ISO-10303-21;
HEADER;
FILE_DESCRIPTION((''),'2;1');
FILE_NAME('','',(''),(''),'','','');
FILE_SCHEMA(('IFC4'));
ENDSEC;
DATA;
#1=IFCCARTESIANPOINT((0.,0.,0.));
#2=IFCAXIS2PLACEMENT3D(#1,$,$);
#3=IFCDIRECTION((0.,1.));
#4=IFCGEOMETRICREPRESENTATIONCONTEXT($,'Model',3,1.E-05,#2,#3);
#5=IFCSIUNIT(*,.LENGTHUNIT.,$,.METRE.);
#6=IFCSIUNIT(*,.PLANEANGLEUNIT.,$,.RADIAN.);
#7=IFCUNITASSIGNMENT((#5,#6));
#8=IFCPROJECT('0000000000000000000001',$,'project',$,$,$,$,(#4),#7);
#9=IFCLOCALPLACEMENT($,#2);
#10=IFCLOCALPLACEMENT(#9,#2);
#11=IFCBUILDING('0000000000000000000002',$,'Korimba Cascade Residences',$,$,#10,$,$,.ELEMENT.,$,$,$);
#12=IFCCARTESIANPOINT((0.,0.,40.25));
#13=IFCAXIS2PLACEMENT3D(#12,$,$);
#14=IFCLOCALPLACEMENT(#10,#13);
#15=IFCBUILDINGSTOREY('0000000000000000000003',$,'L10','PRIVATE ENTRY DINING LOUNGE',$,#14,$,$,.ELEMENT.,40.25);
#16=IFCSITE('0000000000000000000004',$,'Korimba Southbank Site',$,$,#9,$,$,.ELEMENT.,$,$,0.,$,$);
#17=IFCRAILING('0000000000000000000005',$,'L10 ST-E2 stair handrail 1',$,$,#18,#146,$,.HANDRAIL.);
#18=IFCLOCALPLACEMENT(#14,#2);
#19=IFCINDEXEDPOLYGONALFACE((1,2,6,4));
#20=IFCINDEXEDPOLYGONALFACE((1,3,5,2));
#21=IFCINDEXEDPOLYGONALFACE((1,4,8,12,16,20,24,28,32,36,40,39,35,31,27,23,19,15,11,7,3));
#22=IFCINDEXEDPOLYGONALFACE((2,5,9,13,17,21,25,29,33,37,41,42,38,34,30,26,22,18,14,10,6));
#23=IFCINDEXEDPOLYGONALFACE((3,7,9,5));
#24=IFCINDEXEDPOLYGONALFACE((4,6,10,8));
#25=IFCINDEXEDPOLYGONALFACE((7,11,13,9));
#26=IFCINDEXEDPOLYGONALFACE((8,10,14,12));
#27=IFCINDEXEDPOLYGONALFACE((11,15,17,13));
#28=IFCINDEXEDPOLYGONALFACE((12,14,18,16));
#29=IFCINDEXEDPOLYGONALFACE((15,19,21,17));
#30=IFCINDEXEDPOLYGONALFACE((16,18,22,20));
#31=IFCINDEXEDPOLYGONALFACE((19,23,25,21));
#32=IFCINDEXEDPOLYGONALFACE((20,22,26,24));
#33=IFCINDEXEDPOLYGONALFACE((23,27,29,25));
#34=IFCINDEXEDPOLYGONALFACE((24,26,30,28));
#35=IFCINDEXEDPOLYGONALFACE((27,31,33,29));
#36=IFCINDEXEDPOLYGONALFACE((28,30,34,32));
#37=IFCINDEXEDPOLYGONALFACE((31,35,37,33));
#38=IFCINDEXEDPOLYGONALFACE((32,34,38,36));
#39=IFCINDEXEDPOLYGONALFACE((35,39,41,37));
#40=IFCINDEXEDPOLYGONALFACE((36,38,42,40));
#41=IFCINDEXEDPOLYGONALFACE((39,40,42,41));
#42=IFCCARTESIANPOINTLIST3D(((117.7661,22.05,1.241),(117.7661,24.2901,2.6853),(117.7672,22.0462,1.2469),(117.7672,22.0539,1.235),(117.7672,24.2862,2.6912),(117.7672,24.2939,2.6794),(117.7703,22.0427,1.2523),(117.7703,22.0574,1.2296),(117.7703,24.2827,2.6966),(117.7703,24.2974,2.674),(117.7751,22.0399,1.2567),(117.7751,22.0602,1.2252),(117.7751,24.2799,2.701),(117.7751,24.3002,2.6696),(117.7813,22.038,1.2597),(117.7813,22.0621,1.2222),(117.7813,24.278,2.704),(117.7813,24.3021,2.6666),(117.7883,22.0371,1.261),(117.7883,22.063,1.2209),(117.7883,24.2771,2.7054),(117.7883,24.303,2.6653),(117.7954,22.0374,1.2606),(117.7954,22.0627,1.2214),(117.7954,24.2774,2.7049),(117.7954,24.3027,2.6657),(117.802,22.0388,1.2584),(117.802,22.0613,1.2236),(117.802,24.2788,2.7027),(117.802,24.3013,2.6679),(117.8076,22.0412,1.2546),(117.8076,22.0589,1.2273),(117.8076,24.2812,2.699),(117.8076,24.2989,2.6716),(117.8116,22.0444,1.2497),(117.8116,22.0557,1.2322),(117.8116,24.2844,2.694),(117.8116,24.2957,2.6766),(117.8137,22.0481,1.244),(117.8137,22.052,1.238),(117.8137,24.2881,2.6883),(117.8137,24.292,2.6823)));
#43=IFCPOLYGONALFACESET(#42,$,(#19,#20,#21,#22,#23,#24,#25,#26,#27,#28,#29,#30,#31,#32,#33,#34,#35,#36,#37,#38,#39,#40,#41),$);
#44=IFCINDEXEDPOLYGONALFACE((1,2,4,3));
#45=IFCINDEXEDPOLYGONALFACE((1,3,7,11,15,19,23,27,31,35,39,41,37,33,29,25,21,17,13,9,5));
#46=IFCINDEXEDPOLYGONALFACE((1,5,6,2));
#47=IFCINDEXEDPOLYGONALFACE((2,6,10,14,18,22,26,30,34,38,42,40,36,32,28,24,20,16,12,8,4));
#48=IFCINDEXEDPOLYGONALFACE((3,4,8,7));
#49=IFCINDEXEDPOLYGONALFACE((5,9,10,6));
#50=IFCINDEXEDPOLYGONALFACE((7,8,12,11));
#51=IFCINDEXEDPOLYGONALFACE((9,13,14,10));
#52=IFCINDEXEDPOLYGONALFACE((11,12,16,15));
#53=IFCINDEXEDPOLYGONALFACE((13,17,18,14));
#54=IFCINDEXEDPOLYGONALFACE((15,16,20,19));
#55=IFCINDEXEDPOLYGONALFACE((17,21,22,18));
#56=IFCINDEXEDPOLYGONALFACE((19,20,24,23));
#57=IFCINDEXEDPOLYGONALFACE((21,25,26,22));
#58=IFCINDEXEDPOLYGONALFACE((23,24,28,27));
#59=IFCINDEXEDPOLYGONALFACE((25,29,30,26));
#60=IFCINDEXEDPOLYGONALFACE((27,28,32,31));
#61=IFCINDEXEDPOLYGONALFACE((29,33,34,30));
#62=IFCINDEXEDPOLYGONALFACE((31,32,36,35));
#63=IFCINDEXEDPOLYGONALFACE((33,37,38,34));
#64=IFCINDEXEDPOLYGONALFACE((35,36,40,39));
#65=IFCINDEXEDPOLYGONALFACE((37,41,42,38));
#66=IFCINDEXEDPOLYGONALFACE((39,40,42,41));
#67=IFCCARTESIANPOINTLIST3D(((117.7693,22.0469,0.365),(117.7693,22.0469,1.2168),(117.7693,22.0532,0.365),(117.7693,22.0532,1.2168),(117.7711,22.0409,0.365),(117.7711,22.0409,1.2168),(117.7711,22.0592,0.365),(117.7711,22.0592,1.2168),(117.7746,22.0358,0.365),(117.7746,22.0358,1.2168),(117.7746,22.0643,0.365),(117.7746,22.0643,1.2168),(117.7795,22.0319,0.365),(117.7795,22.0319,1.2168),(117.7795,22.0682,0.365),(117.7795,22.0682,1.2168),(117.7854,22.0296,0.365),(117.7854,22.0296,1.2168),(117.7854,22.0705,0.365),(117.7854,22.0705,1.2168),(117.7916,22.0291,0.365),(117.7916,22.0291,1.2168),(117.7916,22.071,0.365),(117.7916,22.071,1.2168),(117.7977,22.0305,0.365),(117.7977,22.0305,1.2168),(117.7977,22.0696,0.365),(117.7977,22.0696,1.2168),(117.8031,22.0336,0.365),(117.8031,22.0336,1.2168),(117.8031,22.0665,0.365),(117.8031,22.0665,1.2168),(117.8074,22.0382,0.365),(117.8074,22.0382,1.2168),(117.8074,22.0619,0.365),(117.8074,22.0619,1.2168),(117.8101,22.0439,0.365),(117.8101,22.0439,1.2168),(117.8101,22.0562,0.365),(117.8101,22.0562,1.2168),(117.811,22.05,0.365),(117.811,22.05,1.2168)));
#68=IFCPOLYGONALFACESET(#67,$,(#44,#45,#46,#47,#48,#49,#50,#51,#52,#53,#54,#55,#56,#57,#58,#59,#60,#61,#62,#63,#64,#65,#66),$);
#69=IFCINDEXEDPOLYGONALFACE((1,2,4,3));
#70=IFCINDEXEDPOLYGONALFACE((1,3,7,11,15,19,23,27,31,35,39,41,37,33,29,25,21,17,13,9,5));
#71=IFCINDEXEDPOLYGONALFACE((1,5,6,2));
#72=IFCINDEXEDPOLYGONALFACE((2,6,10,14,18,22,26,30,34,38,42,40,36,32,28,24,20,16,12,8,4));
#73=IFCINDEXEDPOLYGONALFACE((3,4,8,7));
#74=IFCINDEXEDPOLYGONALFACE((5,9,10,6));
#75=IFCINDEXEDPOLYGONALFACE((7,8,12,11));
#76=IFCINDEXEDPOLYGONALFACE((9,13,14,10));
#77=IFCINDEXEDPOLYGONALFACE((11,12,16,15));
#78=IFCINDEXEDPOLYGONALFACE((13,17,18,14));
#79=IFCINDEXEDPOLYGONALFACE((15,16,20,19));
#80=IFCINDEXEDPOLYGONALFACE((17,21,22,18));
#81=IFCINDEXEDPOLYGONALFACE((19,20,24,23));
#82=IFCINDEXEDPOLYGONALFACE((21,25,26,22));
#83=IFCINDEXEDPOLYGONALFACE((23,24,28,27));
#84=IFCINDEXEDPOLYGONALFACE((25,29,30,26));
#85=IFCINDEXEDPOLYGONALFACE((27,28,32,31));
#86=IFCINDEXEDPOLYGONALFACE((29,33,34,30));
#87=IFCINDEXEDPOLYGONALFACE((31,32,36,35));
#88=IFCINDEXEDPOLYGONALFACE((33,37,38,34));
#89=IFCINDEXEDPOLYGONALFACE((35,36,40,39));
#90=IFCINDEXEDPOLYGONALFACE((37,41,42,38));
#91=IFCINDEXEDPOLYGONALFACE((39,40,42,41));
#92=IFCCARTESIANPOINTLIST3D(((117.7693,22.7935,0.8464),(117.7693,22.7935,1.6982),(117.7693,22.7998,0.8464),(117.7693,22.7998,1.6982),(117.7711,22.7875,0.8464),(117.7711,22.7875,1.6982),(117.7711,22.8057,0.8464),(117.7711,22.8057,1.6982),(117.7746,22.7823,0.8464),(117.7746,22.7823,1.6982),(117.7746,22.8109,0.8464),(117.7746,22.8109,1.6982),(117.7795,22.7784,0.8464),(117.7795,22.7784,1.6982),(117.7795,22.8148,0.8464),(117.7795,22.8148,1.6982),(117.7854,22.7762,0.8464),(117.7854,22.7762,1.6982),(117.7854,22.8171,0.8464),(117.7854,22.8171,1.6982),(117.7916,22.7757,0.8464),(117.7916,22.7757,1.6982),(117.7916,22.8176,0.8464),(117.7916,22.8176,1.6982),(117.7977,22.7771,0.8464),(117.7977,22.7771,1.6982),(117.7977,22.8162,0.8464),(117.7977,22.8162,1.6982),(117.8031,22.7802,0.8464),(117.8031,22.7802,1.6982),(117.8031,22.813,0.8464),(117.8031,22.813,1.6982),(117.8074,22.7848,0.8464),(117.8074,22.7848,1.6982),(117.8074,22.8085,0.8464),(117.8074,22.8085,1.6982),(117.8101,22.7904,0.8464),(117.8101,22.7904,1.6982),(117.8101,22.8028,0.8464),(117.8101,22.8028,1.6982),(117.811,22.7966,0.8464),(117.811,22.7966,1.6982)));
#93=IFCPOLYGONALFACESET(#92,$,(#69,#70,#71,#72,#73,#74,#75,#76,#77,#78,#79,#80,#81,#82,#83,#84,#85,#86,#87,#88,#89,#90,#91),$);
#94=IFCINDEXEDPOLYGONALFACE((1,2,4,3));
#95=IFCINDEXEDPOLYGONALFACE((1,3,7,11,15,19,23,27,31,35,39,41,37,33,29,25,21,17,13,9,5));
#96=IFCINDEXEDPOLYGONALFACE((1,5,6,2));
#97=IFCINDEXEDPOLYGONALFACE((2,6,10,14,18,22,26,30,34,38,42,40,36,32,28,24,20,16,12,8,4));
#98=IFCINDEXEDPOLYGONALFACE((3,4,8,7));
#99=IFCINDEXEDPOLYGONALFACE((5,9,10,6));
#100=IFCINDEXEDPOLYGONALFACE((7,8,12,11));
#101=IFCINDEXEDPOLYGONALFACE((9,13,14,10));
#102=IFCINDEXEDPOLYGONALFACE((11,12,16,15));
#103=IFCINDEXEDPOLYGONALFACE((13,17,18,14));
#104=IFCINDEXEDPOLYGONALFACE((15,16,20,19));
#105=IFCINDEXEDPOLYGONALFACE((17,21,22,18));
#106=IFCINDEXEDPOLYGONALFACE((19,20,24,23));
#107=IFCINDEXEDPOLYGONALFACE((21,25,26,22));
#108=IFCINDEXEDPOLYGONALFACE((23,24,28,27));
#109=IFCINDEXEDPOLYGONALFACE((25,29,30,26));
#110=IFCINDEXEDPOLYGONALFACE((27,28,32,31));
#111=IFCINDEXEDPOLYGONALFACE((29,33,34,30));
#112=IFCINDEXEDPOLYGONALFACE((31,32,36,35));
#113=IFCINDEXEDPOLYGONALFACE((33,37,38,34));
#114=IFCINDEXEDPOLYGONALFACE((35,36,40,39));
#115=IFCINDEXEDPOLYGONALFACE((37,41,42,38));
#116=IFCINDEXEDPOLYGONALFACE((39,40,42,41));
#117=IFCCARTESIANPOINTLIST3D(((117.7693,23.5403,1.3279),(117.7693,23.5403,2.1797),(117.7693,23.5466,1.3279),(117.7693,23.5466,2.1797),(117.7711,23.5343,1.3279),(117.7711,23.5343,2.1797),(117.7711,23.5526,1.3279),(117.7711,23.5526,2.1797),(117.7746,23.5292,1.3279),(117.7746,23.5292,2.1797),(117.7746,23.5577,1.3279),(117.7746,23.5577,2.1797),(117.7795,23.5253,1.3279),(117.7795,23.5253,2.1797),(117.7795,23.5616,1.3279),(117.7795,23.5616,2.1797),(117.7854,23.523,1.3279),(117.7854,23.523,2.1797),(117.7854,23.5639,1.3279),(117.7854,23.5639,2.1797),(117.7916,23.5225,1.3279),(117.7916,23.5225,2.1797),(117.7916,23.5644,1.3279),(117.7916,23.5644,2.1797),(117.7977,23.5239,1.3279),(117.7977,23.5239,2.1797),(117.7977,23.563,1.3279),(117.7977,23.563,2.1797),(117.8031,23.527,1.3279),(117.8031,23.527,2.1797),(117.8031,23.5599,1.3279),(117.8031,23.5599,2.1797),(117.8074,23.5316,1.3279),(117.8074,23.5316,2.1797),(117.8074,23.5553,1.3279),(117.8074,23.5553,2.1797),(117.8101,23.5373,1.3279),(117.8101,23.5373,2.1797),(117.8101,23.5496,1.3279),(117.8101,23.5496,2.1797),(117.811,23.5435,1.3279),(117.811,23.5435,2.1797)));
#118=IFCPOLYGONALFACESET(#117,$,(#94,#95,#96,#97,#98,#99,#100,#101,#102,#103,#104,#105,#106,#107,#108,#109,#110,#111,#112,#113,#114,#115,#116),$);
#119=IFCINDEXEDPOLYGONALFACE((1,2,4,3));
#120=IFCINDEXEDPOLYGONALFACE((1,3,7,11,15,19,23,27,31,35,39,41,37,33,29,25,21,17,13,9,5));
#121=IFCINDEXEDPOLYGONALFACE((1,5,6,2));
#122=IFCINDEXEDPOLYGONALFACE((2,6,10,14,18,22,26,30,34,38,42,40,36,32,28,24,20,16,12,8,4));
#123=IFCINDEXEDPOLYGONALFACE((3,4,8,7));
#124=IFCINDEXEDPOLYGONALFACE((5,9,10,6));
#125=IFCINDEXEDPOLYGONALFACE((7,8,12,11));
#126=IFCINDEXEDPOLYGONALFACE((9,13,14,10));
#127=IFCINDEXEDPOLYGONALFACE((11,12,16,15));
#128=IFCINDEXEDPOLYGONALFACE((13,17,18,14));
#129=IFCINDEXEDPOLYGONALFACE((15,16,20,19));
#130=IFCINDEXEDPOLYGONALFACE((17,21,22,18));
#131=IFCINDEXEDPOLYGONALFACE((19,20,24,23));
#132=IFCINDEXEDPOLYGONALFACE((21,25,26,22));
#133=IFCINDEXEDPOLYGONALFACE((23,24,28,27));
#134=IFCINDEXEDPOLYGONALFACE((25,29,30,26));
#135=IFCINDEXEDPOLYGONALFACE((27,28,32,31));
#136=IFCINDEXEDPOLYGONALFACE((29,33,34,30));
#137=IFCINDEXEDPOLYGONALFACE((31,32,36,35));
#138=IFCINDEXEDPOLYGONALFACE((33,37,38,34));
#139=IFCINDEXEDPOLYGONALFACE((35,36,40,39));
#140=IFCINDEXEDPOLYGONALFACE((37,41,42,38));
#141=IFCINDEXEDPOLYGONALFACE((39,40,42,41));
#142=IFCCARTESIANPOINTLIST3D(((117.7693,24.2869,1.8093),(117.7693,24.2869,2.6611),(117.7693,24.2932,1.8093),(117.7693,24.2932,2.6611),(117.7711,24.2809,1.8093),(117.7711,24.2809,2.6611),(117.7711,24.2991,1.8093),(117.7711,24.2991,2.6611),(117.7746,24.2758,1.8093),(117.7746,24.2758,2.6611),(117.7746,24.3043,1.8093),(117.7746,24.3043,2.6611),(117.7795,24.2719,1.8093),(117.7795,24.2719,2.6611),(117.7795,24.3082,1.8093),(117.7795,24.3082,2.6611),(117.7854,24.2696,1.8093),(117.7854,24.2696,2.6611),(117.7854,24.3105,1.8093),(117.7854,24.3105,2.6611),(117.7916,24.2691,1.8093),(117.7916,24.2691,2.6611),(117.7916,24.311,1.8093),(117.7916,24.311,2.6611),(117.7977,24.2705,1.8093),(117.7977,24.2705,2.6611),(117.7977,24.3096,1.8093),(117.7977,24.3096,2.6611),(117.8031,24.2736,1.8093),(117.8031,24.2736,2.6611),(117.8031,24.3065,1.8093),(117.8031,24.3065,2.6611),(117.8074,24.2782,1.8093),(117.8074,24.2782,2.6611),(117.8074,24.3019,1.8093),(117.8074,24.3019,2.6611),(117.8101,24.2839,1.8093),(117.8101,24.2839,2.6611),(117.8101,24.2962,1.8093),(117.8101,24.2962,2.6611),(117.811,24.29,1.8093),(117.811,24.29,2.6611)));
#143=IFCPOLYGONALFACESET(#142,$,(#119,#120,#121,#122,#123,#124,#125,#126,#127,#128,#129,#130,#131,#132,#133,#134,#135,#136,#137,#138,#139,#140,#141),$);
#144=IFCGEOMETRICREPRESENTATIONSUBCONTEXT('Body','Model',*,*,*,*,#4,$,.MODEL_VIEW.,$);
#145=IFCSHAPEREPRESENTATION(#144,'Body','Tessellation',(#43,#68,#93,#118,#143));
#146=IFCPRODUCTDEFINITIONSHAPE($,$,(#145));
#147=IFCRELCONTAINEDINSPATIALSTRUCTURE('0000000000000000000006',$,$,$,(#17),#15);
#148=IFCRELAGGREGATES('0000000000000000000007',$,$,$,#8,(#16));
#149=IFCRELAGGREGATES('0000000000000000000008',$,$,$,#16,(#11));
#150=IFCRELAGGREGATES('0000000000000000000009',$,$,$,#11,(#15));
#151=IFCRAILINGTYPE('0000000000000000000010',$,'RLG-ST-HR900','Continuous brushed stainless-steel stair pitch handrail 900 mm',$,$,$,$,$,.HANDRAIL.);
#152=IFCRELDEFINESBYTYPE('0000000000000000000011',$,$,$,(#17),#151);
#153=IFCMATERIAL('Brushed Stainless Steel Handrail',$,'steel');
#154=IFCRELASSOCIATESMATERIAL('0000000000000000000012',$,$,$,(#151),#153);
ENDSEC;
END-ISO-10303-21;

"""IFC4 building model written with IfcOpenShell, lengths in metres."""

from ifc_helpers import new_model, si_unit, direction, frame, origin, origin_2d, place, context, subcontext, project, spatial, circle, extrude, material, type_object, element, save


model = new_model("IFC4")

# Units and contexts
model_context = context("Model", 3, precision=1e-05, world=origin(), true_north=direction((0.0, 1.0)))
body_context = subcontext(model_context, "Body", "Model", "MODEL_VIEW")
ifc_project = project(units=[si_unit("LENGTHUNIT", "METRE"), si_unit("PLANEANGLEUNIT", "RADIAN")], contexts=[model_context])

# Site, building, storey
site_placement = place(None, origin())
site = spatial("IfcSite", under=ifc_project, at=site_placement, Name="Korimba Southbank Site", CompositionType="ELEMENT", RefElevation=0.0)
building_placement = place(site_placement, origin())
building = spatial("IfcBuilding", under=site, at=building_placement, Name="Korimba Cascade Residences", CompositionType="ELEMENT")
storey_placement = place(building_placement, frame((0.0, 0.0, 40.25)))
storey = spatial("IfcBuildingStorey", under=building, at=storey_placement, Name="L10", Description="PRIVATE ENTRY DINING LOUNGE", CompositionType="ELEMENT", Elevation=40.25)

# Railing
ifc_material_1 = material(Name="Brushed Stainless Steel Handrail", Category="steel")
railing_type_1 = type_object("IfcRailingType", Name="RLG-ST-HR900", Description="Continuous brushed stainless-steel stair pitch handrail 900 mm", PredefinedType="HANDRAIL", material=ifc_material_1)
railing_1_placement = place(storey_placement, frame((117.79, 22.05, 0.365)))
element("IfcRailing", 1, at=railing_1_placement, inside=storey, type_object=railing_type_1, Name="L10 ST-E2 stair handrail 1", PredefinedType="HANDRAIL", context=body_context, shape_type="SweptSolid", body=[
    extrude(circle(Radius=0.0239, at=origin_2d()), frame((0.0, 0.0, 0.876), z_axis=(0.0, 0.840437, 0.54191), x_axis=(-1.0, 0.0, 0.0)), (0.0, 0.0, 1.0), 2.6653),
    extrude(circle(Radius=0.021, at=origin_2d()), origin(), (0.0, 0.0, 1.0), 0.8518),
    extrude(circle(Radius=0.021, at=origin_2d()), frame((0.0, 0.7466, 0.4814)), (0.0, 0.0, 1.0), 0.8518),
    extrude(circle(Radius=0.021, at=origin_2d()), frame((0.0, 1.4934, 0.9629)), (0.0, 0.0, 1.0), 0.8518),
    extrude(circle(Radius=0.021, at=origin_2d()), frame((0.0, 2.24, 1.4443)), (0.0, 0.0, 1.0), 0.8518),
])

save(model, "model.ifc")
